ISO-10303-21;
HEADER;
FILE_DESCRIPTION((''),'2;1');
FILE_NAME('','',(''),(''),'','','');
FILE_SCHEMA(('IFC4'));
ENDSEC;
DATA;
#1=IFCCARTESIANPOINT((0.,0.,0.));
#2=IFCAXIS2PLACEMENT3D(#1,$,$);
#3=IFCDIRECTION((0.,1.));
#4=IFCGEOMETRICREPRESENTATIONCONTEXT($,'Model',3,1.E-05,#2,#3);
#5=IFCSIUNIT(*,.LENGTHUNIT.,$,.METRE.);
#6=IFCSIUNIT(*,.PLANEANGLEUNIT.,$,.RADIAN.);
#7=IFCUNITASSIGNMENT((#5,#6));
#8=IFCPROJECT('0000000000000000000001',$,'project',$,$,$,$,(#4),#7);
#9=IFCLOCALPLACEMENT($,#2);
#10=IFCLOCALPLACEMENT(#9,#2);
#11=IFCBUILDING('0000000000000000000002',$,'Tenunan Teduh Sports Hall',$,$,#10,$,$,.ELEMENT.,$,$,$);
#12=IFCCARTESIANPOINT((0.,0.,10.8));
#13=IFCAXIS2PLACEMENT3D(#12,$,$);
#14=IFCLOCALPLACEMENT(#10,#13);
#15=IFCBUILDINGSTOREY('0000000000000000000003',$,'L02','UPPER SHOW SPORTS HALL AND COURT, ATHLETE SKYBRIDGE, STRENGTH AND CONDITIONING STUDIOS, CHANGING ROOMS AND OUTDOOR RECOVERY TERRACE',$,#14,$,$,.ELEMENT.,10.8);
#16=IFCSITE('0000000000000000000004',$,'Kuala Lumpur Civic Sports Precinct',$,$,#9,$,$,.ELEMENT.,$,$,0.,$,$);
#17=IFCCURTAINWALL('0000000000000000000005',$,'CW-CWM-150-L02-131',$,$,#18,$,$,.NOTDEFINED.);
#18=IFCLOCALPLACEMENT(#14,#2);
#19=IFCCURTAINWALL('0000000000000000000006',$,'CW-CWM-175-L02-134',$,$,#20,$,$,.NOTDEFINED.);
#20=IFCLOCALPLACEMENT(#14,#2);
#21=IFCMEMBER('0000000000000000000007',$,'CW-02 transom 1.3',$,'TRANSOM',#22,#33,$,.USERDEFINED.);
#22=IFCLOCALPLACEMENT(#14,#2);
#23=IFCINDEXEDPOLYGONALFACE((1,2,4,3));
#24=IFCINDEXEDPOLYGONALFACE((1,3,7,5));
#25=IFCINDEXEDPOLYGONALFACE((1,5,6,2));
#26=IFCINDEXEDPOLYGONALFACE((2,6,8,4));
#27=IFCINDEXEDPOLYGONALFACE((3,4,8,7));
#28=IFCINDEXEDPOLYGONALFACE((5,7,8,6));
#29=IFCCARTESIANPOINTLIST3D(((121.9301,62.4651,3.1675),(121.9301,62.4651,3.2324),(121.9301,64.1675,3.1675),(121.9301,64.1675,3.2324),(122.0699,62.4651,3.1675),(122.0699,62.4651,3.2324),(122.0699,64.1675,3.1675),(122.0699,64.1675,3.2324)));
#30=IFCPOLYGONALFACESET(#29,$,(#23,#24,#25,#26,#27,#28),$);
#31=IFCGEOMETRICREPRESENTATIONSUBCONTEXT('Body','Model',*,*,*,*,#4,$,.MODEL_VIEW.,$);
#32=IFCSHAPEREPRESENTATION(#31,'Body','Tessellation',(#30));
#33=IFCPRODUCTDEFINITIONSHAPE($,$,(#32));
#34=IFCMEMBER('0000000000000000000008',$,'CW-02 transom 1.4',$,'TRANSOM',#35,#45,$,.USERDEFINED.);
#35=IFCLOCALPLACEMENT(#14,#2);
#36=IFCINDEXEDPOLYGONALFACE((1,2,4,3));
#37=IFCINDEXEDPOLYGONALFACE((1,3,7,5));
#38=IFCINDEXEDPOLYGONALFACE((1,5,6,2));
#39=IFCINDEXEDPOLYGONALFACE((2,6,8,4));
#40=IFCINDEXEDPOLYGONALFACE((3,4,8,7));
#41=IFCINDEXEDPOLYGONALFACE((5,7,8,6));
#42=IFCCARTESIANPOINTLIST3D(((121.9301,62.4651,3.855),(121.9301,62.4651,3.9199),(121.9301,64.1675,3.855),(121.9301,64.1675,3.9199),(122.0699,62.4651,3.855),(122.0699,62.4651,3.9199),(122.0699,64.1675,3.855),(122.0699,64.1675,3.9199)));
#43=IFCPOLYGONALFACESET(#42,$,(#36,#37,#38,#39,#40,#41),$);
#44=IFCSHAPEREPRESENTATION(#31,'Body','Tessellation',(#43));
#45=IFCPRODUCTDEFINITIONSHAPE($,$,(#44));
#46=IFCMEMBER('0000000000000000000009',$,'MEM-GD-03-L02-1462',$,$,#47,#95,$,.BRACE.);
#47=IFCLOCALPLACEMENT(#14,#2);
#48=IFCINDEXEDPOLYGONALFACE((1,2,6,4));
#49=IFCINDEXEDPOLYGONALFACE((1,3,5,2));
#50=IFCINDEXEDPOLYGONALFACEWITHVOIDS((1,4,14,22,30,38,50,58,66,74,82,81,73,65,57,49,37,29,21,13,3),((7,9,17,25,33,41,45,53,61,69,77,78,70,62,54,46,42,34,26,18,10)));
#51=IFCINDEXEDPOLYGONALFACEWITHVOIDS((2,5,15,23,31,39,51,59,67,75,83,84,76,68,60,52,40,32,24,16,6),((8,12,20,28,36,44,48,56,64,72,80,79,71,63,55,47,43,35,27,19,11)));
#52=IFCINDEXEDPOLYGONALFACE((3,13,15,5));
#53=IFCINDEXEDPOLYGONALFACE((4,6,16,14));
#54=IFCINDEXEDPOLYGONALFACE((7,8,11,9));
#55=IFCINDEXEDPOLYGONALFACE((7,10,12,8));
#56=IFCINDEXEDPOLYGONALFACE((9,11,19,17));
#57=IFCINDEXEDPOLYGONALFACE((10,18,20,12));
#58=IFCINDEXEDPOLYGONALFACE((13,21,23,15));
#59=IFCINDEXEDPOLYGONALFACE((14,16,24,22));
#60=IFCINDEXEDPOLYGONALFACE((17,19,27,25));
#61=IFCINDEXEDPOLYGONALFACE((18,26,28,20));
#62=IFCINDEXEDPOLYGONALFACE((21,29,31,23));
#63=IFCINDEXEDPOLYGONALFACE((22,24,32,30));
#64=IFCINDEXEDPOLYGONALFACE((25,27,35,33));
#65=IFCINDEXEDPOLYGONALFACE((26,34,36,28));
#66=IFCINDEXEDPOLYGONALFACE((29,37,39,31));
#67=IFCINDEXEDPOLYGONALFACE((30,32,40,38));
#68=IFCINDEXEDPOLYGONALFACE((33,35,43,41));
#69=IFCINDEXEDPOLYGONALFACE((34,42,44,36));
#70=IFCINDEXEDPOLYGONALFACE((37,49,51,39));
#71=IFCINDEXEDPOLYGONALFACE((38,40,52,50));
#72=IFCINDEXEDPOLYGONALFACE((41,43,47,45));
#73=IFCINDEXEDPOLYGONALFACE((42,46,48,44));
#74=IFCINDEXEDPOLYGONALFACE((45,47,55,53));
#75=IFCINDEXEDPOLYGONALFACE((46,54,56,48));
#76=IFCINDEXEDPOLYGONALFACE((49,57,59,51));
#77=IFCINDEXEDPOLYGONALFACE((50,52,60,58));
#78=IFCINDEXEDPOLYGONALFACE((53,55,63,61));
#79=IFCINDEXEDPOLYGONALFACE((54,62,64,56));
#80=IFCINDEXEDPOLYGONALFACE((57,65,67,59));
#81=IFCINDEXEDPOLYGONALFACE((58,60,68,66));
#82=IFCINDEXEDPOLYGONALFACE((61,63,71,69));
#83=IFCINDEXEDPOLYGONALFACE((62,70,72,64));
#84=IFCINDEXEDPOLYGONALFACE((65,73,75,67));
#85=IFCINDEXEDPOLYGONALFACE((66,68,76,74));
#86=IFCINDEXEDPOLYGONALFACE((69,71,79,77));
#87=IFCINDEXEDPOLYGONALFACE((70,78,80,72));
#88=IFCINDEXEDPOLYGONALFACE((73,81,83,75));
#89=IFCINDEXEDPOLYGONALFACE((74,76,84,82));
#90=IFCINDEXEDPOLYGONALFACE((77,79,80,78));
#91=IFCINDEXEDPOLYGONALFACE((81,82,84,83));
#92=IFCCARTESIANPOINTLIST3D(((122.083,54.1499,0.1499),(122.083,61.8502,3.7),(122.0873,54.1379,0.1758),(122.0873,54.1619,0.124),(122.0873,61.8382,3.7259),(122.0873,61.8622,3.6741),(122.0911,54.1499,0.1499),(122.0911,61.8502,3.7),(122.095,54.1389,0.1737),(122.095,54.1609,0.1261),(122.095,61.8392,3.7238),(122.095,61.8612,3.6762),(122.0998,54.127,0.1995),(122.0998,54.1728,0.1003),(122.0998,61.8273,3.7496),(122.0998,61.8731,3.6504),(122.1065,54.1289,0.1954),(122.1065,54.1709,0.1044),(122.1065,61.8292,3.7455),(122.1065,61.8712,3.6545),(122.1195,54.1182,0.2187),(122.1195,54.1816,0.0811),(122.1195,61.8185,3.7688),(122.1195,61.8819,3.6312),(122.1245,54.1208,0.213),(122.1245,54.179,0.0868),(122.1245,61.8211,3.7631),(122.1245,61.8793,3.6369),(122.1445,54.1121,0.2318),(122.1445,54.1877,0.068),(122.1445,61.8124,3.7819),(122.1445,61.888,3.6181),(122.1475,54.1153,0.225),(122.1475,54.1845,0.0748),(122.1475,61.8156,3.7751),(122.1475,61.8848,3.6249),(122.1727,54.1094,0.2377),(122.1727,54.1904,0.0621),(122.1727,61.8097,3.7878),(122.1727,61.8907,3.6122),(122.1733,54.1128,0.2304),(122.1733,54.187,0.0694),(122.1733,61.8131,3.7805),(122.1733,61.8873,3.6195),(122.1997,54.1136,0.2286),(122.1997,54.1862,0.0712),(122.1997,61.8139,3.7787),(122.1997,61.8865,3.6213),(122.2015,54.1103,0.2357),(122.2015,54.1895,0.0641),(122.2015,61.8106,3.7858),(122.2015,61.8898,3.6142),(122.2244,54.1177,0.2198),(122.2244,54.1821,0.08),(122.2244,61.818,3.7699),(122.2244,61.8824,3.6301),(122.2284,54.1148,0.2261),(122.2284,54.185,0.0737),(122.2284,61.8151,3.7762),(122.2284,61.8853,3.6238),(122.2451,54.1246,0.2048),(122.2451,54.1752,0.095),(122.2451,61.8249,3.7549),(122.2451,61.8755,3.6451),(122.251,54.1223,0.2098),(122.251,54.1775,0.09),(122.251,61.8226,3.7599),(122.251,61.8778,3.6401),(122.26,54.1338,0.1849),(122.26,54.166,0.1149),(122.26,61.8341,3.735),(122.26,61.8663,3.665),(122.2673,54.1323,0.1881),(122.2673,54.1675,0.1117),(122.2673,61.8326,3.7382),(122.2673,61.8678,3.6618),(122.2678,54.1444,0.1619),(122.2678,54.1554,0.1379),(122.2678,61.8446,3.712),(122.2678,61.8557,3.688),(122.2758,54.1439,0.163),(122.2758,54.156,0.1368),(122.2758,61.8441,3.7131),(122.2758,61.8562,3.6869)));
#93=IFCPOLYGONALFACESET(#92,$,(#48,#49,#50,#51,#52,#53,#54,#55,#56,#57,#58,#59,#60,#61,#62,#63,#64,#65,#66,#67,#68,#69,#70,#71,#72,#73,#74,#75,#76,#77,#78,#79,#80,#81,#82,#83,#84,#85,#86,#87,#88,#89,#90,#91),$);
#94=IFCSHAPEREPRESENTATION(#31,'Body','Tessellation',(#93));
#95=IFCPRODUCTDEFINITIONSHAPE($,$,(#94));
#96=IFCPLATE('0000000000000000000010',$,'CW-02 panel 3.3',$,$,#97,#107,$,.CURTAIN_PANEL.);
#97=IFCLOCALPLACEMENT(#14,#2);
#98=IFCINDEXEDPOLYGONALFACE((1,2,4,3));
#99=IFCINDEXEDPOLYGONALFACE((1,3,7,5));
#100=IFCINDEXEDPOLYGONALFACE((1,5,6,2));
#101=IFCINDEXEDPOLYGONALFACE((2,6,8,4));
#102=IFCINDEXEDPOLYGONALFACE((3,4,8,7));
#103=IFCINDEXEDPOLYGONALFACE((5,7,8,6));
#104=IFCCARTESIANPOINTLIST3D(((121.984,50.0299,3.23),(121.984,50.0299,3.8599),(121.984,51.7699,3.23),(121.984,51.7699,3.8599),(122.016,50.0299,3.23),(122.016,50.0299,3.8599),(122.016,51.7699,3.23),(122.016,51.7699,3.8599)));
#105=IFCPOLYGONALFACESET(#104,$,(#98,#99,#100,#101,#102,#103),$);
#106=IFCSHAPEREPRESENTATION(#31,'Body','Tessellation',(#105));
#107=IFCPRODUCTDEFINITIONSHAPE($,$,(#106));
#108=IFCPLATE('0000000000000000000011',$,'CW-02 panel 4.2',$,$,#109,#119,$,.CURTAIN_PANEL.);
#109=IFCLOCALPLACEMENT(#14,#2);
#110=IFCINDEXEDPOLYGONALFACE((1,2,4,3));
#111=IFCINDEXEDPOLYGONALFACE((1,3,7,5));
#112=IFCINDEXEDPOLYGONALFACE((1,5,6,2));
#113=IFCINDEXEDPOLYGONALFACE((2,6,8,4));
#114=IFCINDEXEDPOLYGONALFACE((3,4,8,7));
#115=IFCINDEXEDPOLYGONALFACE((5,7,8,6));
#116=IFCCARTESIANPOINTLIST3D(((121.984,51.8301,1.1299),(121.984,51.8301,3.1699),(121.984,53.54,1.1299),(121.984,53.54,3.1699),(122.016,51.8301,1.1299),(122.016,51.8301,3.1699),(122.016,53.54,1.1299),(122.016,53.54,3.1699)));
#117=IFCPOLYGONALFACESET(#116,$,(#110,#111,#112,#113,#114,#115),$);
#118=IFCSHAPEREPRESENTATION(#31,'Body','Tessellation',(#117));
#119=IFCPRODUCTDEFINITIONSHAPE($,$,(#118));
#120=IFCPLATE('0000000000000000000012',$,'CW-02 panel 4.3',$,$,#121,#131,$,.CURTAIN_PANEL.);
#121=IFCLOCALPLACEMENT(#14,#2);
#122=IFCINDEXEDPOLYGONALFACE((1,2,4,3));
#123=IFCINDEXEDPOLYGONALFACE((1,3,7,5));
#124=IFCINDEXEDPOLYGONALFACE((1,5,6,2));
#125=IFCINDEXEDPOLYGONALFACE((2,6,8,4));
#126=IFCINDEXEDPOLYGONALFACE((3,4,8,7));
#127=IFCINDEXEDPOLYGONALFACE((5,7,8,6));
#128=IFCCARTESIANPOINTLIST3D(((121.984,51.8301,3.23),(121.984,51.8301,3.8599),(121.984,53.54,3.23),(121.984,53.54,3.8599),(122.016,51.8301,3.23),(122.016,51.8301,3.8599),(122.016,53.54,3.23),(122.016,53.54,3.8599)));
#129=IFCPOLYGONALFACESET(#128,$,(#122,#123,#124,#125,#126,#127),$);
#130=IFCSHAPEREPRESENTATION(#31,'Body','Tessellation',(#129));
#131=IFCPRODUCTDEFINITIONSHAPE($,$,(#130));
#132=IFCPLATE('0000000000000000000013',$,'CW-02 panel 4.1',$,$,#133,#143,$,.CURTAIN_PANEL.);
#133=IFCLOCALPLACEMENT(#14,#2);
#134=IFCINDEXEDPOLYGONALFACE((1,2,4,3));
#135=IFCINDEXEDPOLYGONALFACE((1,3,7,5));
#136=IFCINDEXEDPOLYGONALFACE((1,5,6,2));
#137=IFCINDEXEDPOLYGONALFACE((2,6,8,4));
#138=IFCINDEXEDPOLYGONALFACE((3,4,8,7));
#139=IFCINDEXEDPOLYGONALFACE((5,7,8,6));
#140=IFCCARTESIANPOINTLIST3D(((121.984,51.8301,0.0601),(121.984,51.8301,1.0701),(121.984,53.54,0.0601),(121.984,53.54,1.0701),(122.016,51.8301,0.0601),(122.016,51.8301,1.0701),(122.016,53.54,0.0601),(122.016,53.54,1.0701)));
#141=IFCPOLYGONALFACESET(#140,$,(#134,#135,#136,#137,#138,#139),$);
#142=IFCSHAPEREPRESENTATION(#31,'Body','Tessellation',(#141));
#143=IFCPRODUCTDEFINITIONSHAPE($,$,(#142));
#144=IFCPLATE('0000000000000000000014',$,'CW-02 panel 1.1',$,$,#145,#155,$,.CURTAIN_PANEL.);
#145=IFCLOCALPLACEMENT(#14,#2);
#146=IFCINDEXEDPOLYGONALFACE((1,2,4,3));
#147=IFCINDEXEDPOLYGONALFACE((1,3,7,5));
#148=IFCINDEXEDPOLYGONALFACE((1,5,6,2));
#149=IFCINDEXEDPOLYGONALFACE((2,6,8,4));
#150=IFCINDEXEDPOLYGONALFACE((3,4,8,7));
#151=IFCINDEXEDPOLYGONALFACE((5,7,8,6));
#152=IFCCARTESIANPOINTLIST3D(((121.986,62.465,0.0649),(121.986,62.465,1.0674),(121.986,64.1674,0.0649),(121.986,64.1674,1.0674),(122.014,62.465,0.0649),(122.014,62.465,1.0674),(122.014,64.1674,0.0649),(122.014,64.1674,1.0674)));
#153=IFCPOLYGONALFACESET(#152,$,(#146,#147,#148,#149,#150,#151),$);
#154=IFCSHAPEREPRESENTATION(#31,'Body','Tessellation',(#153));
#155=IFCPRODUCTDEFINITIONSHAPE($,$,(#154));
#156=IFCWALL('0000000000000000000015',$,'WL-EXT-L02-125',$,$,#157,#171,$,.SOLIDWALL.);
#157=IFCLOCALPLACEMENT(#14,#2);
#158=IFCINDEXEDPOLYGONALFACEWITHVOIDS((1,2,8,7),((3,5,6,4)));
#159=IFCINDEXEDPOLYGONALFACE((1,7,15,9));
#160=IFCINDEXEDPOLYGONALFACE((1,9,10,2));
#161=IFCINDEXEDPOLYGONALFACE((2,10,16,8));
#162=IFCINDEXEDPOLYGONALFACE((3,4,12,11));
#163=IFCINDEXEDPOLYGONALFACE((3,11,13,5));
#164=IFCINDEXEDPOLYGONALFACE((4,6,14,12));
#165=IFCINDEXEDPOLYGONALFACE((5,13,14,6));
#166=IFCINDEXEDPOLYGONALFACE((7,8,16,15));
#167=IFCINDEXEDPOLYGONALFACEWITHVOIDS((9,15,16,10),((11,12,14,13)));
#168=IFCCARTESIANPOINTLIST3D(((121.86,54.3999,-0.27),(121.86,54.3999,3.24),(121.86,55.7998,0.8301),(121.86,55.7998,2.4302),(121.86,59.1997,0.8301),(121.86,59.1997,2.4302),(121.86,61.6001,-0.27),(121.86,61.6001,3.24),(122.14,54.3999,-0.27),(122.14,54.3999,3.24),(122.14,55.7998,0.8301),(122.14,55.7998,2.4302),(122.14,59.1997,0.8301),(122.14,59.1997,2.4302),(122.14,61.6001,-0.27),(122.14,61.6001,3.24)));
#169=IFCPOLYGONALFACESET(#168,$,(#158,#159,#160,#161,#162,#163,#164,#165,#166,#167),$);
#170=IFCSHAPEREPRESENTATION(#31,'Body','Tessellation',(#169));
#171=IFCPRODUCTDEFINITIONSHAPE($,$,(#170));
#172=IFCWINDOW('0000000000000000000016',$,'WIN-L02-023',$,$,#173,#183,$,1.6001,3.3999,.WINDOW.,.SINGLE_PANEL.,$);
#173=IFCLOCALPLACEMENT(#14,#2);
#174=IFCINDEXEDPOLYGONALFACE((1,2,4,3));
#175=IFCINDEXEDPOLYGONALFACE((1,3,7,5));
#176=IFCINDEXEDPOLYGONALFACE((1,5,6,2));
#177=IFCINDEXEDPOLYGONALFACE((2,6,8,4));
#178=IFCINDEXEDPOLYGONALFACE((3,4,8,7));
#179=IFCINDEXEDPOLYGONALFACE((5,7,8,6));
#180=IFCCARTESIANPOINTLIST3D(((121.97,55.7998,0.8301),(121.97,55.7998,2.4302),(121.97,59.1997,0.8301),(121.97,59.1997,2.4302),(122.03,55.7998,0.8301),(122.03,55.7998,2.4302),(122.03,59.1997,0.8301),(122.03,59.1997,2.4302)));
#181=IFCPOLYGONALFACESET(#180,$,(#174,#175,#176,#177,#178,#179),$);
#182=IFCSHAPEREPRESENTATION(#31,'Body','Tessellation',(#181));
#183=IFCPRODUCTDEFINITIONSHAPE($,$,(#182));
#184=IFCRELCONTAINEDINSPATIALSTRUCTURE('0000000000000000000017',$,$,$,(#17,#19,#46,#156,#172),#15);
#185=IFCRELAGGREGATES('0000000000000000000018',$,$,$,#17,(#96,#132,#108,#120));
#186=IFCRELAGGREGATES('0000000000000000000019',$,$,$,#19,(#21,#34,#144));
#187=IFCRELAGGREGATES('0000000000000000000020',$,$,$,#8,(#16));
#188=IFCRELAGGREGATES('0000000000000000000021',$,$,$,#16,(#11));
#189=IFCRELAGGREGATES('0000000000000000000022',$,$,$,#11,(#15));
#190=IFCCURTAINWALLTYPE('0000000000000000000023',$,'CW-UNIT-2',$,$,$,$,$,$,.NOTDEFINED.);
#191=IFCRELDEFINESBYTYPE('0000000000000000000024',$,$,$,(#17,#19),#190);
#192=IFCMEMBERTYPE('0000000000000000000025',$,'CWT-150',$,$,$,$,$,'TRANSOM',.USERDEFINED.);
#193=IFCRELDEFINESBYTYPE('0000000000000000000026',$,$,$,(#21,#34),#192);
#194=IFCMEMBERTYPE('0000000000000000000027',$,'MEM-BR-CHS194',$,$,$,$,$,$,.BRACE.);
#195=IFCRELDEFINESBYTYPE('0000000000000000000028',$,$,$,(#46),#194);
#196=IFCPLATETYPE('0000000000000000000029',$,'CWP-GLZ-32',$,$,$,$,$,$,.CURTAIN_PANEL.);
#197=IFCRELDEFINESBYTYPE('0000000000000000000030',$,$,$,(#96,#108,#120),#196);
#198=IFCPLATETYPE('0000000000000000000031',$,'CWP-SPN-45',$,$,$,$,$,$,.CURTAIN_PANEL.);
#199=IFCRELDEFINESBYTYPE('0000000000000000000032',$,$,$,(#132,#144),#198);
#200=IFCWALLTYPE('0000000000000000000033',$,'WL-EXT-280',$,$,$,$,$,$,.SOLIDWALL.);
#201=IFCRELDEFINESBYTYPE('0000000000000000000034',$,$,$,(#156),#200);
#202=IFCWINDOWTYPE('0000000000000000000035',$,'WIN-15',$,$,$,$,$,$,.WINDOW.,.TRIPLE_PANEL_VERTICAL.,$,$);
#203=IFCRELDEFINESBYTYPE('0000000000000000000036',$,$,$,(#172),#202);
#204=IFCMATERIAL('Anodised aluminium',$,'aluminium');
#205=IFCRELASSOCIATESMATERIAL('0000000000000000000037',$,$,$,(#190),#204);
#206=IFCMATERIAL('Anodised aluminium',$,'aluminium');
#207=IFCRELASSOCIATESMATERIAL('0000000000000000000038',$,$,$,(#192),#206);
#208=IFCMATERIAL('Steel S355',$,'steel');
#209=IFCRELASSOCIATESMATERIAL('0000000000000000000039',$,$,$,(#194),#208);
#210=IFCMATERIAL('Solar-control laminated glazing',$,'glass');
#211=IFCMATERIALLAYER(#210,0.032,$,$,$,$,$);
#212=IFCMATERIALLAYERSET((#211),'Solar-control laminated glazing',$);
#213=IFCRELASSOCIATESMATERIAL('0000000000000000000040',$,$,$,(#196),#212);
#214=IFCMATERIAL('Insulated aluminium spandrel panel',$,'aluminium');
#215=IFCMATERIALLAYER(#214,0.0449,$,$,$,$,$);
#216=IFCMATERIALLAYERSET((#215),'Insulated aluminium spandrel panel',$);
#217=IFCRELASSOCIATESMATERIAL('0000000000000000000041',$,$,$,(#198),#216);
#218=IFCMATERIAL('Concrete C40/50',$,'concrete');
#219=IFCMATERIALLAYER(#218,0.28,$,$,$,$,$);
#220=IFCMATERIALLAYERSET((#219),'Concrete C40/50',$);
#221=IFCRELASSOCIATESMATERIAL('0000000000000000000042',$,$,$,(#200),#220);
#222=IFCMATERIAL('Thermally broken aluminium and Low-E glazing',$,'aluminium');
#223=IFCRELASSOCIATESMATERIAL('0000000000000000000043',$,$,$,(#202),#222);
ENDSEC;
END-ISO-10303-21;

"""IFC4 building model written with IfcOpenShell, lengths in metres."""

from ifc_helpers import new_model, si_unit, direction, frame, frame_2d, origin, origin_2d, place, context, subcontext, project, spatial, rectangle, hollow_circle, extrude, material, layer, layer_set, material_profile, profile_set, type_object, element, fill, aggregate, save


model = new_model("IFC4")

# Units and contexts
model_context = context("Model", 3, precision=1e-05, world=origin(), true_north=direction((0.0, 1.0)))
body_context = subcontext(model_context, "Body", "Model", "MODEL_VIEW")
ifc_project = project(units=[si_unit("LENGTHUNIT", "METRE"), si_unit("PLANEANGLEUNIT", "RADIAN")], contexts=[model_context])

# Site, building, storey
site_placement = place(None, origin())
site = spatial("IfcSite", under=ifc_project, at=site_placement, Name="Kuala Lumpur Civic Sports Precinct", CompositionType="ELEMENT", RefElevation=0.0)
building_placement = place(site_placement, origin())
building = spatial("IfcBuilding", under=site, at=building_placement, Name="Tenunan Teduh Sports Hall", CompositionType="ELEMENT")
storey_placement = place(building_placement, frame((0.0, 0.0, 10.8)))
storey = spatial("IfcBuildingStorey", under=building, at=storey_placement, Name="L02", Description="UPPER SHOW SPORTS HALL AND COURT, ATHLETE SKYBRIDGE, STRENGTH AND CONDITIONING STUDIOS, CHANGING ROOMS AND OUTDOOR RECOVERY TERRACE", CompositionType="ELEMENT", Elevation=10.8)

# Curtain wall
ifc_material_1 = material(Name="Anodised aluminium", Category="aluminium")
curtain_wall_type = type_object("IfcCurtainWallType", Name="CW-UNIT-2", PredefinedType="NOTDEFINED", material=ifc_material_1)
curtain_wall_1_placement = place(storey_placement, origin())
curtain_wall_1 = element("IfcCurtainWall", 1, at=curtain_wall_1_placement, inside=storey, type_object=curtain_wall_type, Name="CW-CWM-150-L02-131", PredefinedType="NOTDEFINED")

# Curtain wall
curtain_wall_2_placement = place(storey_placement, origin())
curtain_wall_2 = element("IfcCurtainWall", 2, at=curtain_wall_2_placement, inside=storey, type_object=curtain_wall_type, Name="CW-CWM-175-L02-134", PredefinedType="NOTDEFINED")

# Members
ifc_material_2 = material(Name="Anodised aluminium", Category="aluminium")
ifc_material_profile_1 = material_profile(ifc_material_2, rectangle(XDim=0.0649, YDim=0.1399, at=origin_2d()), Name="CWT 65x140")
ifc_profile_set_1 = profile_set([ifc_material_profile_1], Name="Anodised aluminium")
member_type_1 = type_object("IfcMemberType", Name="CWT-150", ElementType="TRANSOM", PredefinedType="USERDEFINED", material=ifc_profile_set_1)
member_1_placement = place(storey_placement, frame((122.0, 62.4651, 3.2), z_axis=(0.0, 1.0, 0.0), x_axis=(0.0, 0.0, 1.0)))
member_1 = element("IfcMember", 3, at=member_1_placement, type_object=member_type_1, Name="CW-02 transom 1.3", ObjectType="TRANSOM", PredefinedType="USERDEFINED", context=body_context, shape_type="SweptSolid", body=[
    extrude(rectangle(XDim=0.0649, YDim=0.1399, at=origin_2d()), origin(), (0.0, 0.0, 1.0), 1.7024),
])
member_2_placement = place(storey_placement, frame((122.0, 62.4651, 3.8875), z_axis=(0.0, 1.0, 0.0), x_axis=(0.0, 0.0, 1.0)))
member_2 = element("IfcMember", 4, at=member_2_placement, type_object=member_type_1, Name="CW-02 transom 1.4", ObjectType="TRANSOM", PredefinedType="USERDEFINED", context=body_context, shape_type="SweptSolid", body=[
    extrude(rectangle(XDim=0.0649, YDim=0.1399, at=origin_2d()), origin(), (0.0, 0.0, 1.0), 1.7024),
])
ifc_material_3 = material(Name="Steel S355", Category="steel")
ifc_material_profile_2 = material_profile(ifc_material_3, hollow_circle(Radius=0.0969, WallThickness=0.0081, at=origin_2d()), Name="CHS 193.7x8.0")
ifc_profile_set_2 = profile_set([ifc_material_profile_2], Name="Steel S355")
member_type_2 = type_object("IfcMemberType", Name="MEM-BR-CHS194", PredefinedType="BRACE", material=ifc_profile_set_2)
member_3_placement = place(storey_placement, frame((122.1799, 54.1499, 0.1499), z_axis=(0.0, 0.908134, 0.41868), x_axis=(-1.0, 0.0, 0.0)))
element("IfcMember", 5, at=member_3_placement, inside=storey, type_object=member_type_2, Name="MEM-GD-03-L02-1462", PredefinedType="BRACE", context=body_context, shape_type="SweptSolid", body=[
    extrude(hollow_circle(Radius=0.0969, WallThickness=0.0081, at=origin_2d()), origin(), (0.0, 0.0, 1.0), 8.4792),
])

# Plates
ifc_material_4 = material(Name="Solar-control laminated glazing", Category="glass")
ifc_layer_1 = layer(ifc_material_4, 0.032)
ifc_layer_set_1 = layer_set([ifc_layer_1], Name="Solar-control laminated glazing")
plate_type_1 = type_object("IfcPlateType", Name="CWP-GLZ-32", PredefinedType="CURTAIN_PANEL", material=ifc_layer_set_1)
plate_1_placement = place(storey_placement, frame((122.0, 50.8999, 3.23), z_axis=(0.0, 0.0, 1.0), x_axis=(0.0, 1.0, 0.0)))
plate_1 = element("IfcPlate", 6, at=plate_1_placement, type_object=plate_type_1, Name="CW-02 panel 3.3", PredefinedType="CURTAIN_PANEL", context=body_context, shape_type="SweptSolid", body=[
    extrude(rectangle(XDim=1.74, YDim=0.032, at=origin_2d()), origin(), (0.0, 0.0, 1.0), 0.6299),
])
plate_2_placement = place(storey_placement, frame((122.0, 52.6851, 1.1299), z_axis=(0.0, 0.0, 1.0), x_axis=(0.0, 1.0, 0.0)))
plate_2 = element("IfcPlate", 7, at=plate_2_placement, type_object=plate_type_1, Name="CW-02 panel 4.2", PredefinedType="CURTAIN_PANEL", context=body_context, shape_type="SweptSolid", body=[
    extrude(rectangle(XDim=1.71, YDim=0.032, at=origin_2d()), origin(), (0.0, 0.0, 1.0), 2.04),
])
plate_3_placement = place(storey_placement, frame((122.0, 52.6851, 3.23), z_axis=(0.0, 0.0, 1.0), x_axis=(0.0, 1.0, 0.0)))
plate_3 = element("IfcPlate", 8, at=plate_3_placement, type_object=plate_type_1, Name="CW-02 panel 4.3", PredefinedType="CURTAIN_PANEL", context=body_context, shape_type="SweptSolid", body=[
    extrude(rectangle(XDim=1.71, YDim=0.032, at=origin_2d()), origin(), (0.0, 0.0, 1.0), 0.6299),
])
ifc_material_5 = material(Name="Insulated aluminium spandrel panel", Category="aluminium")
ifc_layer_2 = layer(ifc_material_5, 0.0449)
ifc_layer_set_2 = layer_set([ifc_layer_2], Name="Insulated aluminium spandrel panel")
plate_type_2 = type_object("IfcPlateType", Name="CWP-SPN-45", PredefinedType="CURTAIN_PANEL", material=ifc_layer_set_2)
plate_4_placement = place(storey_placement, frame((122.0, 52.6851, 0.0601), z_axis=(0.0, 0.0, 1.0), x_axis=(0.0, 1.0, 0.0)))
plate_4 = element("IfcPlate", 9, at=plate_4_placement, type_object=plate_type_2, Name="CW-02 panel 4.1", PredefinedType="CURTAIN_PANEL", context=body_context, shape_type="SweptSolid", body=[
    extrude(rectangle(XDim=1.71, YDim=0.032, at=origin_2d()), origin(), (0.0, 0.0, 1.0), 1.01),
])
aggregate(curtain_wall_1, [plate_1, plate_4, plate_2, plate_3])
plate_5_placement = place(storey_placement, frame((122.0, 63.3162, 0.0649), z_axis=(0.0, 0.0, 1.0), x_axis=(0.0, 1.0, 0.0)))
plate_5 = element("IfcPlate", 10, at=plate_5_placement, type_object=plate_type_2, Name="CW-02 panel 1.1", PredefinedType="CURTAIN_PANEL", context=body_context, shape_type="SweptSolid", body=[
    extrude(rectangle(XDim=1.7024, YDim=0.0281, at=origin_2d()), origin(), (0.0, 0.0, 1.0), 1.0024),
])
aggregate(curtain_wall_2, [member_1, member_2, plate_5])

# Wall, opening, window
ifc_material_6 = material(Name="Concrete C40/50", Category="concrete")
ifc_layer_3 = layer(ifc_material_6, 0.28)
ifc_layer_set_3 = layer_set([ifc_layer_3], Name="Concrete C40/50")
wall_type = type_object("IfcWallType", Name="WL-EXT-280", PredefinedType="SOLIDWALL", material=ifc_layer_set_3)
wall_placement = place(storey_placement, frame((122.0, 54.3999, -0.27), z_axis=(0.0, 0.0, 1.0), x_axis=(0.0, 1.0, 0.0)))
wall = element("IfcWall", 11, at=wall_placement, inside=storey, type_object=wall_type, Name="WL-EXT-L02-125", PredefinedType="SOLIDWALL", context=body_context, shape_type="SweptSolid", body=[
    extrude(rectangle(XDim=7.2002, YDim=0.28, at=frame_2d((3.6001, 0.0))), origin(), (0.0, 0.0, 1.0), 3.51),
])
opening_placement = place(wall_placement, frame((1.3999, 0.0, 1.1001)))
opening = element("IfcOpeningElement", 12, at=opening_placement, cuts=wall, PredefinedType="OPENING", context=body_context, shape_type="SweptSolid", body=[
    extrude(rectangle(XDim=3.3999, YDim=1.6001, at=frame_2d((1.7, 0.8))), frame((0.0, 0.1499, 0.0), z_axis=(0.0, -1.0, 0.0), x_axis=(1.0, 0.0, 0.0)), (0.0, 0.0, 1.0), 0.3),
])
ifc_material_7 = material(Name="Thermally broken aluminium and Low-E glazing", Category="aluminium")
window_type = type_object("IfcWindowType", Name="WIN-15", PartitioningType="TRIPLE_PANEL_VERTICAL", PredefinedType="WINDOW", material=ifc_material_7)
window_placement = place(opening_placement, origin())
window = element("IfcWindow", 13, at=window_placement, inside=storey, type_object=window_type, Name="WIN-L02-023", OverallHeight=1.6001, OverallWidth=3.3999, PartitioningType="SINGLE_PANEL", PredefinedType="WINDOW", context=body_context, shape_type="SweptSolid", body=[
    extrude(rectangle(XDim=3.3999, YDim=1.6001, at=frame_2d((1.7, 0.8))), frame((0.0, 0.03, 0.0), z_axis=(0.0, -1.0, 0.0), x_axis=(1.0, 0.0, 0.0)), (0.0, 0.0, 1.0), 0.0601),
])
fill(opening, window)

save(model, "model.ifc")
